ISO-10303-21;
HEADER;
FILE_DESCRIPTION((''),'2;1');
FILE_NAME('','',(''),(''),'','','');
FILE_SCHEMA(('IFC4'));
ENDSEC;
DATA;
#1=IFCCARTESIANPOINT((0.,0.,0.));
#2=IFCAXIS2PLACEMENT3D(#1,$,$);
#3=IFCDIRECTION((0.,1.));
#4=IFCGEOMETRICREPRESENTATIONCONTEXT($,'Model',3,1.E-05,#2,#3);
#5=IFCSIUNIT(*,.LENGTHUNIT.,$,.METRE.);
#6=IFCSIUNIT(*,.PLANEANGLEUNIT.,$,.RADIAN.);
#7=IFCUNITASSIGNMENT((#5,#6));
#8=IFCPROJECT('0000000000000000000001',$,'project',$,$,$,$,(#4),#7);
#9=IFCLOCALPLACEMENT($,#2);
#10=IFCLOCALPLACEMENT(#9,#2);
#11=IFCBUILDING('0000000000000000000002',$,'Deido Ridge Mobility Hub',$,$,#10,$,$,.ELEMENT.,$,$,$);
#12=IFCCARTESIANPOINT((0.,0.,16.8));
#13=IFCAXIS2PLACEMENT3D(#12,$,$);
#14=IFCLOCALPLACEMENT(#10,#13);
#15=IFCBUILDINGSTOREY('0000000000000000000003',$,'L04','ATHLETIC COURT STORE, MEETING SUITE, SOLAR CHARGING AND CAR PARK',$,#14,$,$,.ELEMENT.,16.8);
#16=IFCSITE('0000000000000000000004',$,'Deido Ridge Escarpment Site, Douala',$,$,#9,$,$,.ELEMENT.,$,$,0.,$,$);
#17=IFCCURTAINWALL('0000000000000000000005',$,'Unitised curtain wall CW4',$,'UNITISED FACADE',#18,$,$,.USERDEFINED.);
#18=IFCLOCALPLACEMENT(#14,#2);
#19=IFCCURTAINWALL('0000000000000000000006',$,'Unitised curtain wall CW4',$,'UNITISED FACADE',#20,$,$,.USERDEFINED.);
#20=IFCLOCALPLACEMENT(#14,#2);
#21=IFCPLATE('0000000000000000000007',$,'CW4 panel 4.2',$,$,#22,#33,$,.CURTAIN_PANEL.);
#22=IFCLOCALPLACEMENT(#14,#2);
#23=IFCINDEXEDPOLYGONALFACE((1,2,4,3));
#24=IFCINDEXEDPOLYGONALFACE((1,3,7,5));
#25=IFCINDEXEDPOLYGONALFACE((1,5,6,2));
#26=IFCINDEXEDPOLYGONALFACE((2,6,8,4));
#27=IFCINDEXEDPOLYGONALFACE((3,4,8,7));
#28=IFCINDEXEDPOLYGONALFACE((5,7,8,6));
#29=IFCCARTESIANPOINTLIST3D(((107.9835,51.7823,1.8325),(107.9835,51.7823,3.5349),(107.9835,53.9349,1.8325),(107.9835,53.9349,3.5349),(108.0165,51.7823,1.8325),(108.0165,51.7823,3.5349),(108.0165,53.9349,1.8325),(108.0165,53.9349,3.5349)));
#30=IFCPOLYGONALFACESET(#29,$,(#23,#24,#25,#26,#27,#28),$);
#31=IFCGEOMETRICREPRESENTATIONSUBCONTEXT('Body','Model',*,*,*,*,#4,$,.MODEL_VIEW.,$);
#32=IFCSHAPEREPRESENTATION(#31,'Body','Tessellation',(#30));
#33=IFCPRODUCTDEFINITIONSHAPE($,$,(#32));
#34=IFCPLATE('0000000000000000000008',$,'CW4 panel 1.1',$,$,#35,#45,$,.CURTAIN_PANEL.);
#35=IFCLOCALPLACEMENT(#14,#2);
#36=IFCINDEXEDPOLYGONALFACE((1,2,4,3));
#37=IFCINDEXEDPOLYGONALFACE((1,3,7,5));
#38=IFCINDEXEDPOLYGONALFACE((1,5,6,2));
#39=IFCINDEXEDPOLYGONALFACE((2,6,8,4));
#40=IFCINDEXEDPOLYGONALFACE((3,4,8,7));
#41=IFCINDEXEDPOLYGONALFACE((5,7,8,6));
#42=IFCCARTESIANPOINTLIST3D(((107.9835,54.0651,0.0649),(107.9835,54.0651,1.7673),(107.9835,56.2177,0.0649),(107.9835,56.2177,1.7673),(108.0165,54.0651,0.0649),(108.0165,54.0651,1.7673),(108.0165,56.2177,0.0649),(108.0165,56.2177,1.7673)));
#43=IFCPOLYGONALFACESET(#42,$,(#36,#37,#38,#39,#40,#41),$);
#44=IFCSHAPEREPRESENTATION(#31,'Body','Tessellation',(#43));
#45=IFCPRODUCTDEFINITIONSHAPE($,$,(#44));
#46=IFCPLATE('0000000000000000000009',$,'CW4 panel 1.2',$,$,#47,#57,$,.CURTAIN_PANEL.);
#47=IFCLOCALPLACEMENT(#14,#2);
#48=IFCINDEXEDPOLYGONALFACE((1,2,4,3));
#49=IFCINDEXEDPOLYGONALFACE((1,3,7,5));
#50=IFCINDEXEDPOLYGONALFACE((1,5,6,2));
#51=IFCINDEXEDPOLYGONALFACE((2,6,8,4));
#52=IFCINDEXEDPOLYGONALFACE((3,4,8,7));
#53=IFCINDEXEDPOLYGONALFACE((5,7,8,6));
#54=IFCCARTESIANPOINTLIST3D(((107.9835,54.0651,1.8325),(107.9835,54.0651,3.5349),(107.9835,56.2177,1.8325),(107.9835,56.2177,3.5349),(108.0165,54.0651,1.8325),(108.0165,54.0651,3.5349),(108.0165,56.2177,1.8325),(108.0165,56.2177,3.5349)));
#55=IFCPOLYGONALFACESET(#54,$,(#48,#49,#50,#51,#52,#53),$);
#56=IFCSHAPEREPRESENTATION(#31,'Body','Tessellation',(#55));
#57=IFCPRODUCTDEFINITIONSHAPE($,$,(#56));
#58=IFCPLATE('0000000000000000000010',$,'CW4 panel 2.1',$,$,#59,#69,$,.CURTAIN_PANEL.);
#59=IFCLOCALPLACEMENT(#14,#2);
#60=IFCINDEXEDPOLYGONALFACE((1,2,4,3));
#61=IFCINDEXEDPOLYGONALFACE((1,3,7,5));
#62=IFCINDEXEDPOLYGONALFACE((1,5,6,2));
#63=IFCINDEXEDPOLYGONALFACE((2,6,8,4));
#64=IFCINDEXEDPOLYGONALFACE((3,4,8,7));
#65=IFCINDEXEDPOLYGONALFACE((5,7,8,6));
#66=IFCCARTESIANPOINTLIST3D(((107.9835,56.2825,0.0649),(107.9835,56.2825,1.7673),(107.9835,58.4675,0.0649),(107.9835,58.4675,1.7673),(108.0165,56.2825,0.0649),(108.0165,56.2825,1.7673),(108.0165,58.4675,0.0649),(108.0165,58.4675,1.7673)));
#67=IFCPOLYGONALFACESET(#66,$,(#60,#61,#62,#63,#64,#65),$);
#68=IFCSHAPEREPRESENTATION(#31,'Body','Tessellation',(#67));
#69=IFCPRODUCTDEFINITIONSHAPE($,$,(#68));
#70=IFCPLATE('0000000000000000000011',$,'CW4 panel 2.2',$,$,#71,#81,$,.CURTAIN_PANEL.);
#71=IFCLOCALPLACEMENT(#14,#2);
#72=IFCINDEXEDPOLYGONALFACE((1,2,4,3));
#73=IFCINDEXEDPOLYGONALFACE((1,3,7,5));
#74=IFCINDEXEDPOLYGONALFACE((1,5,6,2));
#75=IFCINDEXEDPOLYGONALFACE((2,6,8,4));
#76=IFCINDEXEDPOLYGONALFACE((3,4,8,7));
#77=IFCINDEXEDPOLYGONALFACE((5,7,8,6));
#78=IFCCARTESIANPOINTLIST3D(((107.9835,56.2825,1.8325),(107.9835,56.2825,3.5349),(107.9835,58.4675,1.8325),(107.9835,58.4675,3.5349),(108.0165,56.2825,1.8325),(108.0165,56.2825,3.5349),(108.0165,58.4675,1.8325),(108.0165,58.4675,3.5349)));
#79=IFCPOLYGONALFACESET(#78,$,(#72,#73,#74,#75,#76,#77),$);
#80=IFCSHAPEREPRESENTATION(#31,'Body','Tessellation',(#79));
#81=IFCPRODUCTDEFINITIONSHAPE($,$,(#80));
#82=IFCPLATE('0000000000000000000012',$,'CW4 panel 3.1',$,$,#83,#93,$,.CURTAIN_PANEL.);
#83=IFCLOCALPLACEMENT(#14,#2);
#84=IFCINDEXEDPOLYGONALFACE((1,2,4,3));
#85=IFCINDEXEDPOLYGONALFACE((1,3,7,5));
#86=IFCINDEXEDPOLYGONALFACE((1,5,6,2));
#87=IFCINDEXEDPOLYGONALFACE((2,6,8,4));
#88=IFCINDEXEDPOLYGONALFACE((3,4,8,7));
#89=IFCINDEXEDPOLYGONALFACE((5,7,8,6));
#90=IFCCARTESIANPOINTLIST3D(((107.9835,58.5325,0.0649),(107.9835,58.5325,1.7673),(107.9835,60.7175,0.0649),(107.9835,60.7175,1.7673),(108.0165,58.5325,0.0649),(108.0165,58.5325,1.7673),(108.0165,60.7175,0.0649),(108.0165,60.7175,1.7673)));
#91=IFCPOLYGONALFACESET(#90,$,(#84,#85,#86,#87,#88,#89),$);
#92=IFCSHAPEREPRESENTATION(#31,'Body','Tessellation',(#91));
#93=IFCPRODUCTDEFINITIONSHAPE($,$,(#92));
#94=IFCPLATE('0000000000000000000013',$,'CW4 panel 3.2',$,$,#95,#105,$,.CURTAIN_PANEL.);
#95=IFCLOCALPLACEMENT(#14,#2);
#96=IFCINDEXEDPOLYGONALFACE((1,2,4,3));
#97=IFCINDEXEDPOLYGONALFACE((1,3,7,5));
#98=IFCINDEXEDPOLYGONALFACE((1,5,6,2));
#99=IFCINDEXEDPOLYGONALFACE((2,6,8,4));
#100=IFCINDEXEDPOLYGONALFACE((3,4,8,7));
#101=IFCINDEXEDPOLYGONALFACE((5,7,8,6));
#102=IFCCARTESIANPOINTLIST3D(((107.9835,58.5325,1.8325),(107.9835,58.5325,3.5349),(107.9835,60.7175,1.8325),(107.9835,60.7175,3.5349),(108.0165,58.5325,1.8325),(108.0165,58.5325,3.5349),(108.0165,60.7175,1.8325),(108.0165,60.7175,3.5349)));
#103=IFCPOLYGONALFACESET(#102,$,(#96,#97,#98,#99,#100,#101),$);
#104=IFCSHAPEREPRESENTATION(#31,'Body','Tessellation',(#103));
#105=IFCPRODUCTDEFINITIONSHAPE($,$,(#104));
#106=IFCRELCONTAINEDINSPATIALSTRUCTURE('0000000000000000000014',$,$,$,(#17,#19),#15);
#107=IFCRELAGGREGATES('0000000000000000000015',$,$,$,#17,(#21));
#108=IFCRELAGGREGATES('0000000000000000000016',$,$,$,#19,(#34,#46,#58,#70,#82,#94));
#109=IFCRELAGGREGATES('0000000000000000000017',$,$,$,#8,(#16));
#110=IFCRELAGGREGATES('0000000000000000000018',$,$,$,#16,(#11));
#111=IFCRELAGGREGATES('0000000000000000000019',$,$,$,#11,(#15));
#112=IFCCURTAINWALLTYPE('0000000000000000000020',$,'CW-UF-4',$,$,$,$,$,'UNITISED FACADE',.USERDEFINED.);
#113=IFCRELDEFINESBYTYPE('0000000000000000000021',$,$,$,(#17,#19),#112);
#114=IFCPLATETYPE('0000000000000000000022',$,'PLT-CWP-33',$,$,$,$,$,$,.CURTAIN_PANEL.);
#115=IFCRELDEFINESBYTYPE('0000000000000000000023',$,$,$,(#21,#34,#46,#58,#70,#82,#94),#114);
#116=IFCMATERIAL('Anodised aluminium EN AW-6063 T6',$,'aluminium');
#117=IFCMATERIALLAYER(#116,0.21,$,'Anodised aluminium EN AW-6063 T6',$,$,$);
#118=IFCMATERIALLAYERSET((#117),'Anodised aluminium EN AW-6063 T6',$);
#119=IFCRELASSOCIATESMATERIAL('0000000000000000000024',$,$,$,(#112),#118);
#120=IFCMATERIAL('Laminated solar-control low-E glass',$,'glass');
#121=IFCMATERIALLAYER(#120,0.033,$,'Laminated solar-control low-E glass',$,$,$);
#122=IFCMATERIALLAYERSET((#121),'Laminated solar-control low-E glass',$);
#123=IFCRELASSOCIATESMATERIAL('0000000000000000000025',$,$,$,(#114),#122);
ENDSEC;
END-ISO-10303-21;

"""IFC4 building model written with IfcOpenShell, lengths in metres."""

from ifc_helpers import new_model, si_unit, direction, frame, origin, origin_2d, place, context, subcontext, project, spatial, rectangle, extrude, material, layer, layer_set, type_object, element, aggregate, save


model = new_model("IFC4")

# Units and contexts
model_context = context("Model", 3, precision=1e-05, world=origin(), true_north=direction((0.0, 1.0)))
body_context = subcontext(model_context, "Body", "Model", "MODEL_VIEW")
ifc_project = project(units=[si_unit("LENGTHUNIT", "METRE"), si_unit("PLANEANGLEUNIT", "RADIAN")], contexts=[model_context])

# Site, building, storey
site_placement = place(None, origin())
site = spatial("IfcSite", under=ifc_project, at=site_placement, Name="Deido Ridge Escarpment Site, Douala", CompositionType="ELEMENT", RefElevation=0.0)
building_placement = place(site_placement, origin())
building = spatial("IfcBuilding", under=site, at=building_placement, Name="Deido Ridge Mobility Hub", CompositionType="ELEMENT")
storey_placement = place(building_placement, frame((0.0, 0.0, 16.8)))
storey = spatial("IfcBuildingStorey", under=building, at=storey_placement, Name="L04", Description="ATHLETIC COURT STORE, MEETING SUITE, SOLAR CHARGING AND CAR PARK", CompositionType="ELEMENT", Elevation=16.8)

# Curtain wall
ifc_material_1 = material(Name="Anodised aluminium EN AW-6063 T6", Category="aluminium")
ifc_layer_1 = layer(ifc_material_1, 0.21, Name="Anodised aluminium EN AW-6063 T6")
ifc_layer_set_1 = layer_set([ifc_layer_1], Name="Anodised aluminium EN AW-6063 T6")
curtain_wall_type = type_object("IfcCurtainWallType", Name="CW-UF-4", ElementType="UNITISED FACADE", PredefinedType="USERDEFINED", material=ifc_layer_set_1)
curtain_wall_1_placement = place(storey_placement, origin())
curtain_wall_1 = element("IfcCurtainWall", 1, at=curtain_wall_1_placement, inside=storey, type_object=curtain_wall_type, Name="Unitised curtain wall CW4", ObjectType="UNITISED FACADE", PredefinedType="USERDEFINED")

# Curtain wall
curtain_wall_2_placement = place(storey_placement, origin())
curtain_wall_2 = element("IfcCurtainWall", 2, at=curtain_wall_2_placement, inside=storey, type_object=curtain_wall_type, Name="Unitised curtain wall CW4", ObjectType="UNITISED FACADE", PredefinedType="USERDEFINED")

# Plates
ifc_material_2 = material(Name="Laminated solar-control low-E glass", Category="glass")
ifc_layer_2 = layer(ifc_material_2, 0.033, Name="Laminated solar-control low-E glass")
ifc_layer_set_2 = layer_set([ifc_layer_2], Name="Laminated solar-control low-E glass")
plate_type = type_object("IfcPlateType", Name="PLT-CWP-33", PredefinedType="CURTAIN_PANEL", material=ifc_layer_set_2)
plate_1_placement = place(storey_placement, frame((108.0, 52.8586, 1.8325), z_axis=(0.0, 0.0, 1.0), x_axis=(0.0, 1.0, 0.0)))
plate_1 = element("IfcPlate", 3, at=plate_1_placement, type_object=plate_type, Name="CW4 panel 4.2", PredefinedType="CURTAIN_PANEL", context=body_context, shape_type="SweptSolid", body=[
    extrude(rectangle(XDim=2.1526, YDim=0.033, at=origin_2d()), origin(), (0.0, 0.0, 1.0), 1.7024),
])
aggregate(curtain_wall_1, [plate_1])
plate_2_placement = place(storey_placement, frame((108.0, 55.1414, 0.0649), z_axis=(0.0, 0.0, 1.0), x_axis=(0.0, 1.0, 0.0)))
plate_2 = element("IfcPlate", 4, at=plate_2_placement, type_object=plate_type, Name="CW4 panel 1.1", PredefinedType="CURTAIN_PANEL", context=body_context, shape_type="SweptSolid", body=[
    extrude(rectangle(XDim=2.1526, YDim=0.033, at=origin_2d()), origin(), (0.0, 0.0, 1.0), 1.7024),
])
plate_3_placement = place(storey_placement, frame((108.0, 55.1414, 1.8325), z_axis=(0.0, 0.0, 1.0), x_axis=(0.0, 1.0, 0.0)))
plate_3 = element("IfcPlate", 5, at=plate_3_placement, type_object=plate_type, Name="CW4 panel 1.2", PredefinedType="CURTAIN_PANEL", context=body_context, shape_type="SweptSolid", body=[
    extrude(rectangle(XDim=2.1526, YDim=0.033, at=origin_2d()), origin(), (0.0, 0.0, 1.0), 1.7024),
])
plate_4_placement = place(storey_placement, frame((108.0, 57.375, 0.0649), z_axis=(0.0, 0.0, 1.0), x_axis=(0.0, 1.0, 0.0)))
plate_4 = element("IfcPlate", 6, at=plate_4_placement, type_object=plate_type, Name="CW4 panel 2.1", PredefinedType="CURTAIN_PANEL", context=body_context, shape_type="SweptSolid", body=[
    extrude(rectangle(XDim=2.1851, YDim=0.033, at=origin_2d()), origin(), (0.0, 0.0, 1.0), 1.7024),
])
plate_5_placement = place(storey_placement, frame((108.0, 57.375, 1.8325), z_axis=(0.0, 0.0, 1.0), x_axis=(0.0, 1.0, 0.0)))
plate_5 = element("IfcPlate", 7, at=plate_5_placement, type_object=plate_type, Name="CW4 panel 2.2", PredefinedType="CURTAIN_PANEL", context=body_context, shape_type="SweptSolid", body=[
    extrude(rectangle(XDim=2.1851, YDim=0.033, at=origin_2d()), origin(), (0.0, 0.0, 1.0), 1.7024),
])
plate_6_placement = place(storey_placement, frame((108.0, 59.625, 0.0649), z_axis=(0.0, 0.0, 1.0), x_axis=(0.0, 1.0, 0.0)))
plate_6 = element("IfcPlate", 8, at=plate_6_placement, type_object=plate_type, Name="CW4 panel 3.1", PredefinedType="CURTAIN_PANEL", context=body_context, shape_type="SweptSolid", body=[
    extrude(rectangle(XDim=2.1851, YDim=0.033, at=origin_2d()), origin(), (0.0, 0.0, 1.0), 1.7024),
])
plate_7_placement = place(storey_placement, frame((108.0, 59.625, 1.8325), z_axis=(0.0, 0.0, 1.0), x_axis=(0.0, 1.0, 0.0)))
plate_7 = element("IfcPlate", 9, at=plate_7_placement, type_object=plate_type, Name="CW4 panel 3.2", PredefinedType="CURTAIN_PANEL", context=body_context, shape_type="SweptSolid", body=[
    extrude(rectangle(XDim=2.1851, YDim=0.033, at=origin_2d()), origin(), (0.0, 0.0, 1.0), 1.7024),
])
aggregate(curtain_wall_2, [plate_2, plate_3, plate_4, plate_5, plate_6, plate_7])

save(model, "model.ifc")
